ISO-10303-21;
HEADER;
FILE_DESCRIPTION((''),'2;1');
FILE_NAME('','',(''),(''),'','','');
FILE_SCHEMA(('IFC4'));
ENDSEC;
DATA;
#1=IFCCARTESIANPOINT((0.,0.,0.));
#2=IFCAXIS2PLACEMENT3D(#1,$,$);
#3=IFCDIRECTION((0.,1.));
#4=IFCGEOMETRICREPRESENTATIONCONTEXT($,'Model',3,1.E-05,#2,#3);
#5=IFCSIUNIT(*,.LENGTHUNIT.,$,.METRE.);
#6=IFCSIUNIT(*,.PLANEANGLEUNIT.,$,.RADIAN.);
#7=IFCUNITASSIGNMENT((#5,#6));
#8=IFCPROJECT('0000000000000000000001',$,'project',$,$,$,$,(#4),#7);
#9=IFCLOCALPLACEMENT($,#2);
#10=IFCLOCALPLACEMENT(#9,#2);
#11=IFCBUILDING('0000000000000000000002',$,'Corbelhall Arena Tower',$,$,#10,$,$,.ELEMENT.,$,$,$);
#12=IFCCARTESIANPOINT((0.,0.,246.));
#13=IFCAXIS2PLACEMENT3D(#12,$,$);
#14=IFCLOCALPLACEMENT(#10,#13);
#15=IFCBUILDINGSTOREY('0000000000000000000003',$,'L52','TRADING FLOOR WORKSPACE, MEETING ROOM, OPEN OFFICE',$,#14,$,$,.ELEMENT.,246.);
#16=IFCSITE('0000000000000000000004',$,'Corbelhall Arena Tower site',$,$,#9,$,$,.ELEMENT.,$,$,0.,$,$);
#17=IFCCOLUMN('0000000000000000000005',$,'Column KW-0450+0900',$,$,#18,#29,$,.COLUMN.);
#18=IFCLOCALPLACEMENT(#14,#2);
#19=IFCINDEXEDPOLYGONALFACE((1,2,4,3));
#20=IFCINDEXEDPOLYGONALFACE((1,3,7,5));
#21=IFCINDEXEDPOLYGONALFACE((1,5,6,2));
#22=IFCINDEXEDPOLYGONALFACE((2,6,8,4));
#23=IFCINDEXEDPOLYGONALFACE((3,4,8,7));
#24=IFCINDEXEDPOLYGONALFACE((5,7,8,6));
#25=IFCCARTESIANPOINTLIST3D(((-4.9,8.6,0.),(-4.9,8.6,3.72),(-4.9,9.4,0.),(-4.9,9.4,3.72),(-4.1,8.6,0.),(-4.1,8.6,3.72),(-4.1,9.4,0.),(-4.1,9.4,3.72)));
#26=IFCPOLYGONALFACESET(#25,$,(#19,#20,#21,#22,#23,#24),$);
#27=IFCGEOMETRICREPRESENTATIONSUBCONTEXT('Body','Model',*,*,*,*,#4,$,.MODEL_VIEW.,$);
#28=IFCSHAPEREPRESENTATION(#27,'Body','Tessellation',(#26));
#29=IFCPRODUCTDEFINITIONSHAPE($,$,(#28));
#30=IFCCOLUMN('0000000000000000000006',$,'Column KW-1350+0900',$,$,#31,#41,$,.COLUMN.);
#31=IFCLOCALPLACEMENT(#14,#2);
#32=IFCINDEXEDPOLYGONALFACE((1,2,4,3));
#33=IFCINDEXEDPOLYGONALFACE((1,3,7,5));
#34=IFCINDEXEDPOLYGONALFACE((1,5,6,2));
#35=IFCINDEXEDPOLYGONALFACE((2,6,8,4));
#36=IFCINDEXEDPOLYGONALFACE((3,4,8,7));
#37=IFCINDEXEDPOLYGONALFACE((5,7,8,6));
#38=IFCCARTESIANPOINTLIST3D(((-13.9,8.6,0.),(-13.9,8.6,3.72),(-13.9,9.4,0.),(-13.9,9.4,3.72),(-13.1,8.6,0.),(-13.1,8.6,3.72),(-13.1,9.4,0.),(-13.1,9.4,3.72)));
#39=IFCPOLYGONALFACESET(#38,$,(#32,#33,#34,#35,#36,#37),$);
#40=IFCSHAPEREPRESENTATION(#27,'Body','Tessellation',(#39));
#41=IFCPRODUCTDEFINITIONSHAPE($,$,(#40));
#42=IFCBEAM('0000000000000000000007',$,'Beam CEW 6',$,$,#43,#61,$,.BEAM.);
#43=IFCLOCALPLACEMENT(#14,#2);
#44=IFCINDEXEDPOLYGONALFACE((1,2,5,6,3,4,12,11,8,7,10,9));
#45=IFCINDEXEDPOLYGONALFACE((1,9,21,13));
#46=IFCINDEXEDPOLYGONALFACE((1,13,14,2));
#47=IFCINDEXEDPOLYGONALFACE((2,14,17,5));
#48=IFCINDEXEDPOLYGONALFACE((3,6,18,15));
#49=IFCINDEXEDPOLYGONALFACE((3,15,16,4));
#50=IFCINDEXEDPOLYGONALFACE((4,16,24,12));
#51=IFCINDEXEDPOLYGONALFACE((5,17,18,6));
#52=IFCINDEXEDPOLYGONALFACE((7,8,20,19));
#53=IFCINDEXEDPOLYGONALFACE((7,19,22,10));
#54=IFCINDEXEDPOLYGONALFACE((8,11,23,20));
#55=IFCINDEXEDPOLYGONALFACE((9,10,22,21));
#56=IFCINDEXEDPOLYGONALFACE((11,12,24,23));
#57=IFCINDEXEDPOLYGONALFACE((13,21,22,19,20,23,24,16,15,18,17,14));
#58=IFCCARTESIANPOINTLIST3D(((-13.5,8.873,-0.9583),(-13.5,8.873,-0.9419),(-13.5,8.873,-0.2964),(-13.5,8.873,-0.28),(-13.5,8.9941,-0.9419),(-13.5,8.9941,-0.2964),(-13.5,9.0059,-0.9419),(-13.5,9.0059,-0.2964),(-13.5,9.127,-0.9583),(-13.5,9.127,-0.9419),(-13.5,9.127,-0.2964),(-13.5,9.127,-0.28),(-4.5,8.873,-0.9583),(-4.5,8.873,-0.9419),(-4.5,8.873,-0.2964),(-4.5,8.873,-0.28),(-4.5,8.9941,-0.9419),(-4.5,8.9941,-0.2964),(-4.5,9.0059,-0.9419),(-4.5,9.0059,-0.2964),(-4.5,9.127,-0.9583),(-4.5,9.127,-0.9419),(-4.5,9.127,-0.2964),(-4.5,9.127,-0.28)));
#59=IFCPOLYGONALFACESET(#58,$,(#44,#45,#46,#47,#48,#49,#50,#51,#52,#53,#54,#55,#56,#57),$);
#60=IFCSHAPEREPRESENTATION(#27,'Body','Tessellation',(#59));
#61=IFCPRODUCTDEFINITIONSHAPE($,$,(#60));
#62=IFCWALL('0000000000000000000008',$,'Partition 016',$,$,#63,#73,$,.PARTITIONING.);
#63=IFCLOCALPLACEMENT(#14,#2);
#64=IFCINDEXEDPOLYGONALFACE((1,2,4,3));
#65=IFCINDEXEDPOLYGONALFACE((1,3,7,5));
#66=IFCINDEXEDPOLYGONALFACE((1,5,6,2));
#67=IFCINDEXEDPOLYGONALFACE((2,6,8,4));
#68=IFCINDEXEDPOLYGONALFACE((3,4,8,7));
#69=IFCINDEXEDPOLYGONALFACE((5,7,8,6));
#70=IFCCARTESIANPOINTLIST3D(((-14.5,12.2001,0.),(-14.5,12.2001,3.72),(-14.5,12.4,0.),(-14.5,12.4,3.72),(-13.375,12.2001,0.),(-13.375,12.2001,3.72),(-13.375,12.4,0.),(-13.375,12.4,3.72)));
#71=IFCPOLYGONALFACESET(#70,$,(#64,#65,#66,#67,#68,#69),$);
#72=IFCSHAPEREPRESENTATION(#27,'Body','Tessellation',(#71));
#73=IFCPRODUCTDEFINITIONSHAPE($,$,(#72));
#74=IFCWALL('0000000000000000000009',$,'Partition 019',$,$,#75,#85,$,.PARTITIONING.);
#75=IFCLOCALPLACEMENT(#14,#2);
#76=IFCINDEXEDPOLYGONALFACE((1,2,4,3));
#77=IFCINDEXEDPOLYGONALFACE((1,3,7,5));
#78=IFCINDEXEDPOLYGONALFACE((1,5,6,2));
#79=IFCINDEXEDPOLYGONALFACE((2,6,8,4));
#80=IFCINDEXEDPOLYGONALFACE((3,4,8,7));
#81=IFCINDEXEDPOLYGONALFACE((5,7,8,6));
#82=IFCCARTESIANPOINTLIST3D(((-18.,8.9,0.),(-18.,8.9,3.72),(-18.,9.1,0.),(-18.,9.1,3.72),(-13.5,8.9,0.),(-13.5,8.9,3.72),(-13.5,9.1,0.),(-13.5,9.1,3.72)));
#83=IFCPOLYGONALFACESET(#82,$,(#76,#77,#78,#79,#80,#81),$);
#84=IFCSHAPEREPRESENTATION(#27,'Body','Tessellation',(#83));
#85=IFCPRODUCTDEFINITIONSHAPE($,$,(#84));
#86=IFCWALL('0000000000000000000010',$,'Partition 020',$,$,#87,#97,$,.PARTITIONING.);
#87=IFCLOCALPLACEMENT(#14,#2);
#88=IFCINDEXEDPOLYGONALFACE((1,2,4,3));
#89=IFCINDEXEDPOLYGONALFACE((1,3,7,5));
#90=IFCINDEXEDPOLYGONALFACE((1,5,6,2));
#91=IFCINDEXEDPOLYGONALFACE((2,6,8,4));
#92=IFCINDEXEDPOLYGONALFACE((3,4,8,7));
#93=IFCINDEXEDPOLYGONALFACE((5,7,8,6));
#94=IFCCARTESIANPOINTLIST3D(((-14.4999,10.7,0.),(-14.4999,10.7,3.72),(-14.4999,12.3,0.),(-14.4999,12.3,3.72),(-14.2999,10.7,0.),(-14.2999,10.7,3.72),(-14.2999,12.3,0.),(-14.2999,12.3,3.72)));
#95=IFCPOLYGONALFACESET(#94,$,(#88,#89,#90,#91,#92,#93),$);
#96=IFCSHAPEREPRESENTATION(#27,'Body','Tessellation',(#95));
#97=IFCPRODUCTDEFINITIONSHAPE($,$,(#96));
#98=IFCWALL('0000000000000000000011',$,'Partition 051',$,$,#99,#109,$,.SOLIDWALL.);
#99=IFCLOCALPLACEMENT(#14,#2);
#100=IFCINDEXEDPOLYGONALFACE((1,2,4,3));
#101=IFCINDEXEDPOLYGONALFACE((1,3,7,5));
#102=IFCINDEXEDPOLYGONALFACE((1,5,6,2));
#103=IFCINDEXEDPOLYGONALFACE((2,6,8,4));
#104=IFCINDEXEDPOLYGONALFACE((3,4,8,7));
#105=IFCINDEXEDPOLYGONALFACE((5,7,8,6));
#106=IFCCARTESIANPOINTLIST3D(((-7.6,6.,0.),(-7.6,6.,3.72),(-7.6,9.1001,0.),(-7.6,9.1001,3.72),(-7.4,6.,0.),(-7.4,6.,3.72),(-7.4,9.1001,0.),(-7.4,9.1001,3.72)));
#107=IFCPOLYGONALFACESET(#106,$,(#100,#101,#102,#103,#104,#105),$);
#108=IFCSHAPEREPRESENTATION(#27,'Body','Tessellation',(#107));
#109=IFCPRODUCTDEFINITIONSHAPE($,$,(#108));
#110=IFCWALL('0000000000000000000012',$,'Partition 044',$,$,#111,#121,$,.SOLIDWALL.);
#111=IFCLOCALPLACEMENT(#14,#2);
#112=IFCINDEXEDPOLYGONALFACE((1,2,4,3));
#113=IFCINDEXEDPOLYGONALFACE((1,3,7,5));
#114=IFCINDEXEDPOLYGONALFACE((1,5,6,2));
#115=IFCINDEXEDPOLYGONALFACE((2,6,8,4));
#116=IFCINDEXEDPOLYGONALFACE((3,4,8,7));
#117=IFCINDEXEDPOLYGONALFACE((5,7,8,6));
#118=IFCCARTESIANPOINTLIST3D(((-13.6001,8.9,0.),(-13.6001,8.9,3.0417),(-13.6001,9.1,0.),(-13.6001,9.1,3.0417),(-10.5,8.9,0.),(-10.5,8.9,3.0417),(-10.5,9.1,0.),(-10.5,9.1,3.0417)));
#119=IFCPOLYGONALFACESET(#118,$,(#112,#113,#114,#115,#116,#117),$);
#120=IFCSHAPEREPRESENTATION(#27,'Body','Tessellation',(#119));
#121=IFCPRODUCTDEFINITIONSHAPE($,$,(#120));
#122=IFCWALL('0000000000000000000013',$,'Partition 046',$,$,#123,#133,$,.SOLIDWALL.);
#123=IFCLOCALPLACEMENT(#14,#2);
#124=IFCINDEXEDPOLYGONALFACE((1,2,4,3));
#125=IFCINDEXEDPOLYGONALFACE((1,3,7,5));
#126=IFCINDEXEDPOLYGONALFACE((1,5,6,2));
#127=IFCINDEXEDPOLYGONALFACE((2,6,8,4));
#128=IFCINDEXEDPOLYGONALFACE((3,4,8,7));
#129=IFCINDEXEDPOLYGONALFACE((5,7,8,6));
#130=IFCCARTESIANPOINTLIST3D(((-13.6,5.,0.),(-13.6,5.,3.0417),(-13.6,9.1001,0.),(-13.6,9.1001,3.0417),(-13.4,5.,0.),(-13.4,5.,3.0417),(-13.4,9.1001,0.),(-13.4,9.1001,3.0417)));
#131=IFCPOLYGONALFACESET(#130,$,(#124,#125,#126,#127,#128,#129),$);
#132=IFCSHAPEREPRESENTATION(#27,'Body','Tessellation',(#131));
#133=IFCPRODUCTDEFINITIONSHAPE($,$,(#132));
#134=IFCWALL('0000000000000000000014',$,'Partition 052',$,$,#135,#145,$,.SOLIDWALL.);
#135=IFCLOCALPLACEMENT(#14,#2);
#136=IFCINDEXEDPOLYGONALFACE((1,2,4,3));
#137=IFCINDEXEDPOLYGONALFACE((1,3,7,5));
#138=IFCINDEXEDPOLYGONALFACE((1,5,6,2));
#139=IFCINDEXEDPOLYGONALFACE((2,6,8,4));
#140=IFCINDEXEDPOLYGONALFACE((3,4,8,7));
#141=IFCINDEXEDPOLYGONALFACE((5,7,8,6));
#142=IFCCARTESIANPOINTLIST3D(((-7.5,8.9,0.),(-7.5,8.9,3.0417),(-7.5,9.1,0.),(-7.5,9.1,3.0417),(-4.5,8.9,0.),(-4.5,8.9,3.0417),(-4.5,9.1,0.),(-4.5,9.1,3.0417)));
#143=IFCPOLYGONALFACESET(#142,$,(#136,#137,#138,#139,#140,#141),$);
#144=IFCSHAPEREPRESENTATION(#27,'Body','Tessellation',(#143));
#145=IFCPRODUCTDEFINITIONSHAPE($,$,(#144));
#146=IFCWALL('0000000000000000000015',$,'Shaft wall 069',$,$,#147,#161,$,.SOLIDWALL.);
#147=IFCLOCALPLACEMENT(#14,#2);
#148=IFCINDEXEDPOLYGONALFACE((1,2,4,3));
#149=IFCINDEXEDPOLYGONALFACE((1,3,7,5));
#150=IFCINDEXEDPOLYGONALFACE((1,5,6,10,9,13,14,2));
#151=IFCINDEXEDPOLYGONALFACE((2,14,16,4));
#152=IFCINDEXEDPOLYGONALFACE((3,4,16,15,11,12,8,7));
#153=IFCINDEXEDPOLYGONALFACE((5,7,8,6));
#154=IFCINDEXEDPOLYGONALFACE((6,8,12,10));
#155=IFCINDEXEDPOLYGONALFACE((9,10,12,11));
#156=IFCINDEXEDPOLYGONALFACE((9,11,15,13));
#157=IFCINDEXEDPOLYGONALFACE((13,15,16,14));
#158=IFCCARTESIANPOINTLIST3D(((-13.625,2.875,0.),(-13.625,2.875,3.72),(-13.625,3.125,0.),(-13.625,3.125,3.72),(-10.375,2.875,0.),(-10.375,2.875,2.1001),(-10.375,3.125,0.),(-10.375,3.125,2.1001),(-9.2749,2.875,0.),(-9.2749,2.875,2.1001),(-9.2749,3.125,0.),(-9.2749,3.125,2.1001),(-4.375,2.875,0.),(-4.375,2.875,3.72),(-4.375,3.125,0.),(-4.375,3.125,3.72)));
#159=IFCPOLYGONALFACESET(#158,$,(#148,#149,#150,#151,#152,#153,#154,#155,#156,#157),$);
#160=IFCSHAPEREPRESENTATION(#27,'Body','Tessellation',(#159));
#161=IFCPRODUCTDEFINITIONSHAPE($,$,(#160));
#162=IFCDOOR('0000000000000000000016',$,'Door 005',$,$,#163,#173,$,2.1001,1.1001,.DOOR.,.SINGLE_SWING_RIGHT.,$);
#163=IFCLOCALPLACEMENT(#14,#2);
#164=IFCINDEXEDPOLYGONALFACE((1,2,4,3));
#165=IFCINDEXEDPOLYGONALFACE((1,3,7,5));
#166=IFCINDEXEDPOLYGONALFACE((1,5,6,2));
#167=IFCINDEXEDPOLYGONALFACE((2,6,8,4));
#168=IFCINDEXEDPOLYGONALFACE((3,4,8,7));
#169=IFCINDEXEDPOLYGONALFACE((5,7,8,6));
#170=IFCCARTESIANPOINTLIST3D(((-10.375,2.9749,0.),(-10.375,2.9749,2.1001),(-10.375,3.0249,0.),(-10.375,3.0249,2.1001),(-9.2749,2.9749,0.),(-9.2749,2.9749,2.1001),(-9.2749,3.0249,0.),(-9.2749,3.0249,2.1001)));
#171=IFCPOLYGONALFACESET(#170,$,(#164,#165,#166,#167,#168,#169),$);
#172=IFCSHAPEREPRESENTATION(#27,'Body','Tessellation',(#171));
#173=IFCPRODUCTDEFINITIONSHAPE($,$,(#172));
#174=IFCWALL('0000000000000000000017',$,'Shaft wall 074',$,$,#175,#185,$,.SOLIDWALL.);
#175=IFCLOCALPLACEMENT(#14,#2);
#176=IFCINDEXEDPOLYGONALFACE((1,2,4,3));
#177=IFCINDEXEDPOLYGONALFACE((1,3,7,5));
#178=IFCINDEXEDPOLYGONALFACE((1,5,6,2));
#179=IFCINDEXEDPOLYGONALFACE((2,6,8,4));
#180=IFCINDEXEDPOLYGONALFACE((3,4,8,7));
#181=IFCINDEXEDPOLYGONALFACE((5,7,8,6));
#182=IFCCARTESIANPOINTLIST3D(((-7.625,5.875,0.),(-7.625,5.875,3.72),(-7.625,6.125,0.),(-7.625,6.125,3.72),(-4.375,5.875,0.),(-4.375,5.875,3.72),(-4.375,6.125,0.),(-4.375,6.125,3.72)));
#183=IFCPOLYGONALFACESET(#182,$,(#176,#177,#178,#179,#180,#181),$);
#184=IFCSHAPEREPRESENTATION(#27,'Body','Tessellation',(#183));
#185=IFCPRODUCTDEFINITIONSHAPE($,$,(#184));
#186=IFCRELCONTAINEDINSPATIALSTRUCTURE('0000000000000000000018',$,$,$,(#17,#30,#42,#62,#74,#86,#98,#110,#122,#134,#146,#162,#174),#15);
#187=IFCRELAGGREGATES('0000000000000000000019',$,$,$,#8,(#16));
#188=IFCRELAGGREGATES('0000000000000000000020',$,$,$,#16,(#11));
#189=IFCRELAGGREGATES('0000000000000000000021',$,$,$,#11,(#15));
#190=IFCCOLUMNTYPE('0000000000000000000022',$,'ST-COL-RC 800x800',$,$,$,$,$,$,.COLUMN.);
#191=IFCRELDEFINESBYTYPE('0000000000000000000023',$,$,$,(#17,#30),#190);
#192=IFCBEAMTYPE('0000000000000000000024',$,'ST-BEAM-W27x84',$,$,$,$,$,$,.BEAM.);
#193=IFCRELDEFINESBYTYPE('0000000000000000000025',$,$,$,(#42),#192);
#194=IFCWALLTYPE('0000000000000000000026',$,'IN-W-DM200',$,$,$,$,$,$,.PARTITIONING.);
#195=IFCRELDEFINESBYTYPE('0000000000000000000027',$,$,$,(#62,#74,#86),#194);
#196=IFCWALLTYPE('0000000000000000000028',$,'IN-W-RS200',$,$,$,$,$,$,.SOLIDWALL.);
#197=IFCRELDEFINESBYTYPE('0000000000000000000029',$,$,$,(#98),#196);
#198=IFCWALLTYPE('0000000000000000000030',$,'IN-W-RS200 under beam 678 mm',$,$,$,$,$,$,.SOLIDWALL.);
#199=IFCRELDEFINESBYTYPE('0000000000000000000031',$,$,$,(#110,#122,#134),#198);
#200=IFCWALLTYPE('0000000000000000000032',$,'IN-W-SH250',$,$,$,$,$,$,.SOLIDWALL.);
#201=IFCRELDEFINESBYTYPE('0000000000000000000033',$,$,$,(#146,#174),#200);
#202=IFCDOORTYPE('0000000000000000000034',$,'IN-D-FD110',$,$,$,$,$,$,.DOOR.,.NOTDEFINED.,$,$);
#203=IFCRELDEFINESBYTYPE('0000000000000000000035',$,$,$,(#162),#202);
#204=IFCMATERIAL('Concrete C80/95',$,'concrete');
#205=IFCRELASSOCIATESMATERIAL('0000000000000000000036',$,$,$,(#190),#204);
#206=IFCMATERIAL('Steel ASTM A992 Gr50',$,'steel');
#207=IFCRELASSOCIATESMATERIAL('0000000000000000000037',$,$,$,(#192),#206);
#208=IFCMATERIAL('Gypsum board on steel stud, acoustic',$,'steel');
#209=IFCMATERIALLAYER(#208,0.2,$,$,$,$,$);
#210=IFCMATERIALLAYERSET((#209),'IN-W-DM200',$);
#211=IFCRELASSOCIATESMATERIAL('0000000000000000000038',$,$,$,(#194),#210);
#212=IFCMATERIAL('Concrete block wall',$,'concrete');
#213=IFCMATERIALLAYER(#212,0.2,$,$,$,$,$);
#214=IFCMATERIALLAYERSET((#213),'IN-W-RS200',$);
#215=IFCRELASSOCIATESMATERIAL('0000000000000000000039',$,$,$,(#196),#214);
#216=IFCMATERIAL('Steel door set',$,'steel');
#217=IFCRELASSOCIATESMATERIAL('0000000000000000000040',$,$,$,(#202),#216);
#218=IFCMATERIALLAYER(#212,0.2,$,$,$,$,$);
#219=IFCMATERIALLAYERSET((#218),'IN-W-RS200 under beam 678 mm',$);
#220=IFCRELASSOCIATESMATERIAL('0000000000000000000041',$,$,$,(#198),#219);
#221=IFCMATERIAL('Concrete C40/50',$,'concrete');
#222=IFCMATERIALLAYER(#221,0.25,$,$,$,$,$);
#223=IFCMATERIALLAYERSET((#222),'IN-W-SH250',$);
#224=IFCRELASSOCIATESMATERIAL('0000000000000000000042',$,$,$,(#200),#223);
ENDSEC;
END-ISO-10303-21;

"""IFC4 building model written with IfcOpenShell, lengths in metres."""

from ifc_helpers import new_model, si_unit, direction, frame, frame_2d, origin, origin_2d, place, context, subcontext, project, spatial, rectangle, i_section, extrude, material, layer, layer_set, material_profile, profile_set, type_object, element, fill, save


model = new_model("IFC4")

# Units and contexts
model_context = context("Model", 3, precision=1e-05, world=origin(), true_north=direction((0.0, 1.0)))
body_context = subcontext(model_context, "Body", "Model", "MODEL_VIEW")
ifc_project = project(units=[si_unit("LENGTHUNIT", "METRE"), si_unit("PLANEANGLEUNIT", "RADIAN")], contexts=[model_context])

# Site, building, storey
site_placement = place(None, origin())
site = spatial("IfcSite", under=ifc_project, at=site_placement, Name="Corbelhall Arena Tower site", CompositionType="ELEMENT", RefElevation=0.0)
building_placement = place(site_placement, origin())
building = spatial("IfcBuilding", under=site, at=building_placement, Name="Corbelhall Arena Tower", CompositionType="ELEMENT")
storey_placement = place(building_placement, frame((0.0, 0.0, 246.0)))
storey = spatial("IfcBuildingStorey", under=building, at=storey_placement, Name="L52", Description="TRADING FLOOR WORKSPACE, MEETING ROOM, OPEN OFFICE", CompositionType="ELEMENT", Elevation=246.0)

# Columns
ifc_material_1 = material(Name="Concrete C80/95", Category="concrete")
ifc_material_profile_1 = material_profile(ifc_material_1, rectangle(XDim=0.8, YDim=0.8, at=origin_2d()))
ifc_profile_set_1 = profile_set([ifc_material_profile_1], Name="Concrete C80/95")
column_type = type_object("IfcColumnType", Name="ST-COL-RC 800x800", PredefinedType="COLUMN", material=ifc_profile_set_1)
for number, where, z_axis, x_axis, name in (
    (1, (-4.5, 9.0, 0.0), (0.0, 0.0, 1.0), (1.0, 0.0, 0.0), "Column KW-0450+0900"),
    (2, (-13.5, 9.0, 0.0), (0.0, 0.0, 1.0), (1.0, 0.0, 0.0), "Column KW-1350+0900"),
):
    element("IfcColumn", number, at=place(storey_placement, frame(where, z_axis=z_axis, x_axis=x_axis)), inside=storey, type_object=column_type, Name=name, PredefinedType="COLUMN", context=body_context, shape_type="SweptSolid", body=[
        extrude(rectangle(XDim=0.8, YDim=0.8, at=origin_2d()), origin(), (0.0, 0.0, 1.0), 3.72),
    ])

# Beam
ifc_material_2 = material(Name="Steel ASTM A992 Gr50", Category="steel")
ifc_material_profile_2 = material_profile(ifc_material_2, i_section(OverallWidth=0.2539, OverallDepth=0.6782, WebThickness=0.0117, FlangeThickness=0.0164, at=origin_2d()))
ifc_profile_set_2 = profile_set([ifc_material_profile_2], Name="Steel ASTM A992 Gr50")
beam_type = type_object("IfcBeamType", Name="ST-BEAM-W27x84", PredefinedType="BEAM", material=ifc_profile_set_2)
beam_placement = place(storey_placement, frame((-13.5, 9.0, -0.6191), z_axis=(1.0, 0.0, 0.0), x_axis=(0.0, 1.0, 0.0)))
element("IfcBeam", 3, at=beam_placement, inside=storey, type_object=beam_type, Name="Beam CEW 6", PredefinedType="BEAM", context=body_context, shape_type="SweptSolid", body=[
    extrude(i_section(OverallWidth=0.2539, OverallDepth=0.6782, WebThickness=0.0117, FlangeThickness=0.0164, at=origin_2d()), origin(), (0.0, 0.0, 1.0), 9.0),
])

# Walls
ifc_material_3 = material(Name="Gypsum board on steel stud, acoustic", Category="steel")
ifc_layer_1 = layer(ifc_material_3, 0.2)
ifc_layer_set_1 = layer_set([ifc_layer_1], Name="IN-W-DM200")
wall_type_1 = type_object("IfcWallType", Name="IN-W-DM200", PredefinedType="PARTITIONING", material=ifc_layer_set_1)
wall_1_placement = place(storey_placement, frame((-14.5, 12.3, 0.0), z_axis=(0.0, 0.0, 1.0), x_axis=(1.0, 0.0, 0.0)))
element("IfcWall", 4, at=wall_1_placement, inside=storey, type_object=wall_type_1, Name="Partition 016", PredefinedType="PARTITIONING", context=body_context, shape_type="SweptSolid", body=[
    extrude(rectangle(XDim=1.125, YDim=0.2, at=frame_2d((0.5625, 0.0))), origin(), (0.0, 0.0, 1.0), 3.72),
])
wall_2_placement = place(storey_placement, frame((-13.5, 9.0, 0.0), z_axis=(0.0, 0.0, 1.0), x_axis=(-1.0, 0.0, 0.0)))
element("IfcWall", 5, at=wall_2_placement, inside=storey, type_object=wall_type_1, Name="Partition 019", PredefinedType="PARTITIONING", context=body_context, shape_type="SweptSolid", body=[
    extrude(rectangle(XDim=4.5, YDim=0.2, at=frame_2d((2.25, 0.0))), origin(), (0.0, 0.0, 1.0), 3.72),
])
wall_3_placement = place(storey_placement, frame((-14.3999, 10.7, 0.0), z_axis=(0.0, 0.0, 1.0), x_axis=(0.0, 1.0, 0.0)))
element("IfcWall", 6, at=wall_3_placement, inside=storey, type_object=wall_type_1, Name="Partition 020", PredefinedType="PARTITIONING", context=body_context, shape_type="SweptSolid", body=[
    extrude(rectangle(XDim=1.6001, YDim=0.2, at=frame_2d((0.8, 0.0))), origin(), (0.0, 0.0, 1.0), 3.72),
])

# Shared definitions
ifc_material_4 = material(Name="Concrete block wall", Category="concrete")
ifc_layer_2 = layer(ifc_material_4, 0.2)
ifc_layer_set_2 = layer_set([ifc_layer_2], Name="IN-W-RS200")
wall_type_2 = type_object("IfcWallType", Name="IN-W-RS200", PredefinedType="SOLIDWALL", material=ifc_layer_set_2)
ifc_material_5 = material(Name="Steel door set", Category="steel")
door_type_1 = type_object("IfcDoorType", Name="IN-D-FD110", OperationType="NOTDEFINED", PredefinedType="DOOR", material=ifc_material_5)

# Walls
wall_4_placement = place(storey_placement, frame((-7.5, 6.0, 0.0), z_axis=(0.0, 0.0, 1.0), x_axis=(0.0, 1.0, 0.0)))
element("IfcWall", 7, at=wall_4_placement, inside=storey, type_object=wall_type_2, Name="Partition 051", PredefinedType="SOLIDWALL", context=body_context, shape_type="SweptSolid", body=[
    extrude(rectangle(XDim=3.1001, YDim=0.2, at=frame_2d((1.55, 0.0))), origin(), (0.0, 0.0, 1.0), 3.72),
])
ifc_layer_3 = layer(ifc_material_4, 0.2)
ifc_layer_set_3 = layer_set([ifc_layer_3], Name="IN-W-RS200 under beam 678 mm")
wall_type_3 = type_object("IfcWallType", Name="IN-W-RS200 under beam 678 mm", PredefinedType="SOLIDWALL", material=ifc_layer_set_3)
wall_5_placement = place(storey_placement, frame((-13.6001, 9.0, 0.0), z_axis=(0.0, 0.0, 1.0), x_axis=(1.0, 0.0, 0.0)))
element("IfcWall", 8, at=wall_5_placement, inside=storey, type_object=wall_type_3, Name="Partition 044", PredefinedType="SOLIDWALL", context=body_context, shape_type="SweptSolid", body=[
    extrude(rectangle(XDim=3.1001, YDim=0.2, at=frame_2d((1.55, 0.0))), origin(), (0.0, 0.0, 1.0), 3.0417),
])
wall_6_placement = place(storey_placement, frame((-13.5, 5.0, 0.0), z_axis=(0.0, 0.0, 1.0), x_axis=(0.0, 1.0, 0.0)))
element("IfcWall", 9, at=wall_6_placement, inside=storey, type_object=wall_type_3, Name="Partition 046", PredefinedType="SOLIDWALL", context=body_context, shape_type="SweptSolid", body=[
    extrude(rectangle(XDim=4.1001, YDim=0.2, at=frame_2d((2.05, 0.0))), origin(), (0.0, 0.0, 1.0), 3.0417),
])
wall_7_placement = place(storey_placement, frame((-7.5, 9.0, 0.0), z_axis=(0.0, 0.0, 1.0), x_axis=(1.0, 0.0, 0.0)))
element("IfcWall", 10, at=wall_7_placement, inside=storey, type_object=wall_type_3, Name="Partition 052", PredefinedType="SOLIDWALL", context=body_context, shape_type="SweptSolid", body=[
    extrude(rectangle(XDim=3.0, YDim=0.2, at=frame_2d((1.5, 0.0))), origin(), (0.0, 0.0, 1.0), 3.0417),
])

# Wall, opening, door
ifc_material_6 = material(Name="Concrete C40/50", Category="concrete")
ifc_layer_4 = layer(ifc_material_6, 0.25)
ifc_layer_set_4 = layer_set([ifc_layer_4], Name="IN-W-SH250")
wall_type_4 = type_object("IfcWallType", Name="IN-W-SH250", PredefinedType="SOLIDWALL", material=ifc_layer_set_4)
wall_8_placement = place(storey_placement, frame((-13.625, 3.0, 0.0), z_axis=(0.0, 0.0, 1.0), x_axis=(1.0, 0.0, 0.0)))
wall_8 = element("IfcWall", 11, at=wall_8_placement, inside=storey, type_object=wall_type_4, Name="Shaft wall 069", PredefinedType="SOLIDWALL", context=body_context, shape_type="SweptSolid", body=[
    extrude(rectangle(XDim=9.25, YDim=0.25, at=frame_2d((4.625, 0.0))), origin(), (0.0, 0.0, 1.0), 3.72),
])
opening_1_placement = place(wall_8_placement, frame((3.25, 0.0, 0.0)))
opening_1 = element("IfcOpeningElement", 12, at=opening_1_placement, cuts=wall_8, PredefinedType="OPENING", context=body_context, shape_type="SweptSolid", body=[
    extrude(rectangle(XDim=1.1001, YDim=2.1001, at=frame_2d((0.55, 1.05))), frame((0.0, 0.125, 0.0), z_axis=(0.0, -1.0, 0.0), x_axis=(1.0, 0.0, 0.0)), (0.0, 0.0, 1.0), 0.25),
])
door_1_placement = place(opening_1_placement, origin())
door_1 = element("IfcDoor", 13, at=door_1_placement, inside=storey, type_object=door_type_1, Name="Door 005", OperationType="SINGLE_SWING_RIGHT", OverallHeight=2.1001, OverallWidth=1.1001, PredefinedType="DOOR", context=body_context, shape_type="SweptSolid", body=[
    extrude(rectangle(XDim=1.1001, YDim=2.1001, at=frame_2d((0.55, 1.05))), frame((0.0, 0.0249, 0.0), z_axis=(0.0, -1.0, 0.0), x_axis=(1.0, 0.0, 0.0)), (0.0, 0.0, 1.0), 0.05),
])
fill(opening_1, door_1)

# Wall
wall_9_placement = place(storey_placement, frame((-7.625, 6.0, 0.0), z_axis=(0.0, 0.0, 1.0), x_axis=(1.0, 0.0, 0.0)))
element("IfcWall", 14, at=wall_9_placement, inside=storey, type_object=wall_type_4, Name="Shaft wall 074", PredefinedType="SOLIDWALL", context=body_context, shape_type="SweptSolid", body=[
    extrude(rectangle(XDim=3.25, YDim=0.25, at=frame_2d((1.625, 0.0))), origin(), (0.0, 0.0, 1.0), 3.72),
])

save(model, "model.ifc")
